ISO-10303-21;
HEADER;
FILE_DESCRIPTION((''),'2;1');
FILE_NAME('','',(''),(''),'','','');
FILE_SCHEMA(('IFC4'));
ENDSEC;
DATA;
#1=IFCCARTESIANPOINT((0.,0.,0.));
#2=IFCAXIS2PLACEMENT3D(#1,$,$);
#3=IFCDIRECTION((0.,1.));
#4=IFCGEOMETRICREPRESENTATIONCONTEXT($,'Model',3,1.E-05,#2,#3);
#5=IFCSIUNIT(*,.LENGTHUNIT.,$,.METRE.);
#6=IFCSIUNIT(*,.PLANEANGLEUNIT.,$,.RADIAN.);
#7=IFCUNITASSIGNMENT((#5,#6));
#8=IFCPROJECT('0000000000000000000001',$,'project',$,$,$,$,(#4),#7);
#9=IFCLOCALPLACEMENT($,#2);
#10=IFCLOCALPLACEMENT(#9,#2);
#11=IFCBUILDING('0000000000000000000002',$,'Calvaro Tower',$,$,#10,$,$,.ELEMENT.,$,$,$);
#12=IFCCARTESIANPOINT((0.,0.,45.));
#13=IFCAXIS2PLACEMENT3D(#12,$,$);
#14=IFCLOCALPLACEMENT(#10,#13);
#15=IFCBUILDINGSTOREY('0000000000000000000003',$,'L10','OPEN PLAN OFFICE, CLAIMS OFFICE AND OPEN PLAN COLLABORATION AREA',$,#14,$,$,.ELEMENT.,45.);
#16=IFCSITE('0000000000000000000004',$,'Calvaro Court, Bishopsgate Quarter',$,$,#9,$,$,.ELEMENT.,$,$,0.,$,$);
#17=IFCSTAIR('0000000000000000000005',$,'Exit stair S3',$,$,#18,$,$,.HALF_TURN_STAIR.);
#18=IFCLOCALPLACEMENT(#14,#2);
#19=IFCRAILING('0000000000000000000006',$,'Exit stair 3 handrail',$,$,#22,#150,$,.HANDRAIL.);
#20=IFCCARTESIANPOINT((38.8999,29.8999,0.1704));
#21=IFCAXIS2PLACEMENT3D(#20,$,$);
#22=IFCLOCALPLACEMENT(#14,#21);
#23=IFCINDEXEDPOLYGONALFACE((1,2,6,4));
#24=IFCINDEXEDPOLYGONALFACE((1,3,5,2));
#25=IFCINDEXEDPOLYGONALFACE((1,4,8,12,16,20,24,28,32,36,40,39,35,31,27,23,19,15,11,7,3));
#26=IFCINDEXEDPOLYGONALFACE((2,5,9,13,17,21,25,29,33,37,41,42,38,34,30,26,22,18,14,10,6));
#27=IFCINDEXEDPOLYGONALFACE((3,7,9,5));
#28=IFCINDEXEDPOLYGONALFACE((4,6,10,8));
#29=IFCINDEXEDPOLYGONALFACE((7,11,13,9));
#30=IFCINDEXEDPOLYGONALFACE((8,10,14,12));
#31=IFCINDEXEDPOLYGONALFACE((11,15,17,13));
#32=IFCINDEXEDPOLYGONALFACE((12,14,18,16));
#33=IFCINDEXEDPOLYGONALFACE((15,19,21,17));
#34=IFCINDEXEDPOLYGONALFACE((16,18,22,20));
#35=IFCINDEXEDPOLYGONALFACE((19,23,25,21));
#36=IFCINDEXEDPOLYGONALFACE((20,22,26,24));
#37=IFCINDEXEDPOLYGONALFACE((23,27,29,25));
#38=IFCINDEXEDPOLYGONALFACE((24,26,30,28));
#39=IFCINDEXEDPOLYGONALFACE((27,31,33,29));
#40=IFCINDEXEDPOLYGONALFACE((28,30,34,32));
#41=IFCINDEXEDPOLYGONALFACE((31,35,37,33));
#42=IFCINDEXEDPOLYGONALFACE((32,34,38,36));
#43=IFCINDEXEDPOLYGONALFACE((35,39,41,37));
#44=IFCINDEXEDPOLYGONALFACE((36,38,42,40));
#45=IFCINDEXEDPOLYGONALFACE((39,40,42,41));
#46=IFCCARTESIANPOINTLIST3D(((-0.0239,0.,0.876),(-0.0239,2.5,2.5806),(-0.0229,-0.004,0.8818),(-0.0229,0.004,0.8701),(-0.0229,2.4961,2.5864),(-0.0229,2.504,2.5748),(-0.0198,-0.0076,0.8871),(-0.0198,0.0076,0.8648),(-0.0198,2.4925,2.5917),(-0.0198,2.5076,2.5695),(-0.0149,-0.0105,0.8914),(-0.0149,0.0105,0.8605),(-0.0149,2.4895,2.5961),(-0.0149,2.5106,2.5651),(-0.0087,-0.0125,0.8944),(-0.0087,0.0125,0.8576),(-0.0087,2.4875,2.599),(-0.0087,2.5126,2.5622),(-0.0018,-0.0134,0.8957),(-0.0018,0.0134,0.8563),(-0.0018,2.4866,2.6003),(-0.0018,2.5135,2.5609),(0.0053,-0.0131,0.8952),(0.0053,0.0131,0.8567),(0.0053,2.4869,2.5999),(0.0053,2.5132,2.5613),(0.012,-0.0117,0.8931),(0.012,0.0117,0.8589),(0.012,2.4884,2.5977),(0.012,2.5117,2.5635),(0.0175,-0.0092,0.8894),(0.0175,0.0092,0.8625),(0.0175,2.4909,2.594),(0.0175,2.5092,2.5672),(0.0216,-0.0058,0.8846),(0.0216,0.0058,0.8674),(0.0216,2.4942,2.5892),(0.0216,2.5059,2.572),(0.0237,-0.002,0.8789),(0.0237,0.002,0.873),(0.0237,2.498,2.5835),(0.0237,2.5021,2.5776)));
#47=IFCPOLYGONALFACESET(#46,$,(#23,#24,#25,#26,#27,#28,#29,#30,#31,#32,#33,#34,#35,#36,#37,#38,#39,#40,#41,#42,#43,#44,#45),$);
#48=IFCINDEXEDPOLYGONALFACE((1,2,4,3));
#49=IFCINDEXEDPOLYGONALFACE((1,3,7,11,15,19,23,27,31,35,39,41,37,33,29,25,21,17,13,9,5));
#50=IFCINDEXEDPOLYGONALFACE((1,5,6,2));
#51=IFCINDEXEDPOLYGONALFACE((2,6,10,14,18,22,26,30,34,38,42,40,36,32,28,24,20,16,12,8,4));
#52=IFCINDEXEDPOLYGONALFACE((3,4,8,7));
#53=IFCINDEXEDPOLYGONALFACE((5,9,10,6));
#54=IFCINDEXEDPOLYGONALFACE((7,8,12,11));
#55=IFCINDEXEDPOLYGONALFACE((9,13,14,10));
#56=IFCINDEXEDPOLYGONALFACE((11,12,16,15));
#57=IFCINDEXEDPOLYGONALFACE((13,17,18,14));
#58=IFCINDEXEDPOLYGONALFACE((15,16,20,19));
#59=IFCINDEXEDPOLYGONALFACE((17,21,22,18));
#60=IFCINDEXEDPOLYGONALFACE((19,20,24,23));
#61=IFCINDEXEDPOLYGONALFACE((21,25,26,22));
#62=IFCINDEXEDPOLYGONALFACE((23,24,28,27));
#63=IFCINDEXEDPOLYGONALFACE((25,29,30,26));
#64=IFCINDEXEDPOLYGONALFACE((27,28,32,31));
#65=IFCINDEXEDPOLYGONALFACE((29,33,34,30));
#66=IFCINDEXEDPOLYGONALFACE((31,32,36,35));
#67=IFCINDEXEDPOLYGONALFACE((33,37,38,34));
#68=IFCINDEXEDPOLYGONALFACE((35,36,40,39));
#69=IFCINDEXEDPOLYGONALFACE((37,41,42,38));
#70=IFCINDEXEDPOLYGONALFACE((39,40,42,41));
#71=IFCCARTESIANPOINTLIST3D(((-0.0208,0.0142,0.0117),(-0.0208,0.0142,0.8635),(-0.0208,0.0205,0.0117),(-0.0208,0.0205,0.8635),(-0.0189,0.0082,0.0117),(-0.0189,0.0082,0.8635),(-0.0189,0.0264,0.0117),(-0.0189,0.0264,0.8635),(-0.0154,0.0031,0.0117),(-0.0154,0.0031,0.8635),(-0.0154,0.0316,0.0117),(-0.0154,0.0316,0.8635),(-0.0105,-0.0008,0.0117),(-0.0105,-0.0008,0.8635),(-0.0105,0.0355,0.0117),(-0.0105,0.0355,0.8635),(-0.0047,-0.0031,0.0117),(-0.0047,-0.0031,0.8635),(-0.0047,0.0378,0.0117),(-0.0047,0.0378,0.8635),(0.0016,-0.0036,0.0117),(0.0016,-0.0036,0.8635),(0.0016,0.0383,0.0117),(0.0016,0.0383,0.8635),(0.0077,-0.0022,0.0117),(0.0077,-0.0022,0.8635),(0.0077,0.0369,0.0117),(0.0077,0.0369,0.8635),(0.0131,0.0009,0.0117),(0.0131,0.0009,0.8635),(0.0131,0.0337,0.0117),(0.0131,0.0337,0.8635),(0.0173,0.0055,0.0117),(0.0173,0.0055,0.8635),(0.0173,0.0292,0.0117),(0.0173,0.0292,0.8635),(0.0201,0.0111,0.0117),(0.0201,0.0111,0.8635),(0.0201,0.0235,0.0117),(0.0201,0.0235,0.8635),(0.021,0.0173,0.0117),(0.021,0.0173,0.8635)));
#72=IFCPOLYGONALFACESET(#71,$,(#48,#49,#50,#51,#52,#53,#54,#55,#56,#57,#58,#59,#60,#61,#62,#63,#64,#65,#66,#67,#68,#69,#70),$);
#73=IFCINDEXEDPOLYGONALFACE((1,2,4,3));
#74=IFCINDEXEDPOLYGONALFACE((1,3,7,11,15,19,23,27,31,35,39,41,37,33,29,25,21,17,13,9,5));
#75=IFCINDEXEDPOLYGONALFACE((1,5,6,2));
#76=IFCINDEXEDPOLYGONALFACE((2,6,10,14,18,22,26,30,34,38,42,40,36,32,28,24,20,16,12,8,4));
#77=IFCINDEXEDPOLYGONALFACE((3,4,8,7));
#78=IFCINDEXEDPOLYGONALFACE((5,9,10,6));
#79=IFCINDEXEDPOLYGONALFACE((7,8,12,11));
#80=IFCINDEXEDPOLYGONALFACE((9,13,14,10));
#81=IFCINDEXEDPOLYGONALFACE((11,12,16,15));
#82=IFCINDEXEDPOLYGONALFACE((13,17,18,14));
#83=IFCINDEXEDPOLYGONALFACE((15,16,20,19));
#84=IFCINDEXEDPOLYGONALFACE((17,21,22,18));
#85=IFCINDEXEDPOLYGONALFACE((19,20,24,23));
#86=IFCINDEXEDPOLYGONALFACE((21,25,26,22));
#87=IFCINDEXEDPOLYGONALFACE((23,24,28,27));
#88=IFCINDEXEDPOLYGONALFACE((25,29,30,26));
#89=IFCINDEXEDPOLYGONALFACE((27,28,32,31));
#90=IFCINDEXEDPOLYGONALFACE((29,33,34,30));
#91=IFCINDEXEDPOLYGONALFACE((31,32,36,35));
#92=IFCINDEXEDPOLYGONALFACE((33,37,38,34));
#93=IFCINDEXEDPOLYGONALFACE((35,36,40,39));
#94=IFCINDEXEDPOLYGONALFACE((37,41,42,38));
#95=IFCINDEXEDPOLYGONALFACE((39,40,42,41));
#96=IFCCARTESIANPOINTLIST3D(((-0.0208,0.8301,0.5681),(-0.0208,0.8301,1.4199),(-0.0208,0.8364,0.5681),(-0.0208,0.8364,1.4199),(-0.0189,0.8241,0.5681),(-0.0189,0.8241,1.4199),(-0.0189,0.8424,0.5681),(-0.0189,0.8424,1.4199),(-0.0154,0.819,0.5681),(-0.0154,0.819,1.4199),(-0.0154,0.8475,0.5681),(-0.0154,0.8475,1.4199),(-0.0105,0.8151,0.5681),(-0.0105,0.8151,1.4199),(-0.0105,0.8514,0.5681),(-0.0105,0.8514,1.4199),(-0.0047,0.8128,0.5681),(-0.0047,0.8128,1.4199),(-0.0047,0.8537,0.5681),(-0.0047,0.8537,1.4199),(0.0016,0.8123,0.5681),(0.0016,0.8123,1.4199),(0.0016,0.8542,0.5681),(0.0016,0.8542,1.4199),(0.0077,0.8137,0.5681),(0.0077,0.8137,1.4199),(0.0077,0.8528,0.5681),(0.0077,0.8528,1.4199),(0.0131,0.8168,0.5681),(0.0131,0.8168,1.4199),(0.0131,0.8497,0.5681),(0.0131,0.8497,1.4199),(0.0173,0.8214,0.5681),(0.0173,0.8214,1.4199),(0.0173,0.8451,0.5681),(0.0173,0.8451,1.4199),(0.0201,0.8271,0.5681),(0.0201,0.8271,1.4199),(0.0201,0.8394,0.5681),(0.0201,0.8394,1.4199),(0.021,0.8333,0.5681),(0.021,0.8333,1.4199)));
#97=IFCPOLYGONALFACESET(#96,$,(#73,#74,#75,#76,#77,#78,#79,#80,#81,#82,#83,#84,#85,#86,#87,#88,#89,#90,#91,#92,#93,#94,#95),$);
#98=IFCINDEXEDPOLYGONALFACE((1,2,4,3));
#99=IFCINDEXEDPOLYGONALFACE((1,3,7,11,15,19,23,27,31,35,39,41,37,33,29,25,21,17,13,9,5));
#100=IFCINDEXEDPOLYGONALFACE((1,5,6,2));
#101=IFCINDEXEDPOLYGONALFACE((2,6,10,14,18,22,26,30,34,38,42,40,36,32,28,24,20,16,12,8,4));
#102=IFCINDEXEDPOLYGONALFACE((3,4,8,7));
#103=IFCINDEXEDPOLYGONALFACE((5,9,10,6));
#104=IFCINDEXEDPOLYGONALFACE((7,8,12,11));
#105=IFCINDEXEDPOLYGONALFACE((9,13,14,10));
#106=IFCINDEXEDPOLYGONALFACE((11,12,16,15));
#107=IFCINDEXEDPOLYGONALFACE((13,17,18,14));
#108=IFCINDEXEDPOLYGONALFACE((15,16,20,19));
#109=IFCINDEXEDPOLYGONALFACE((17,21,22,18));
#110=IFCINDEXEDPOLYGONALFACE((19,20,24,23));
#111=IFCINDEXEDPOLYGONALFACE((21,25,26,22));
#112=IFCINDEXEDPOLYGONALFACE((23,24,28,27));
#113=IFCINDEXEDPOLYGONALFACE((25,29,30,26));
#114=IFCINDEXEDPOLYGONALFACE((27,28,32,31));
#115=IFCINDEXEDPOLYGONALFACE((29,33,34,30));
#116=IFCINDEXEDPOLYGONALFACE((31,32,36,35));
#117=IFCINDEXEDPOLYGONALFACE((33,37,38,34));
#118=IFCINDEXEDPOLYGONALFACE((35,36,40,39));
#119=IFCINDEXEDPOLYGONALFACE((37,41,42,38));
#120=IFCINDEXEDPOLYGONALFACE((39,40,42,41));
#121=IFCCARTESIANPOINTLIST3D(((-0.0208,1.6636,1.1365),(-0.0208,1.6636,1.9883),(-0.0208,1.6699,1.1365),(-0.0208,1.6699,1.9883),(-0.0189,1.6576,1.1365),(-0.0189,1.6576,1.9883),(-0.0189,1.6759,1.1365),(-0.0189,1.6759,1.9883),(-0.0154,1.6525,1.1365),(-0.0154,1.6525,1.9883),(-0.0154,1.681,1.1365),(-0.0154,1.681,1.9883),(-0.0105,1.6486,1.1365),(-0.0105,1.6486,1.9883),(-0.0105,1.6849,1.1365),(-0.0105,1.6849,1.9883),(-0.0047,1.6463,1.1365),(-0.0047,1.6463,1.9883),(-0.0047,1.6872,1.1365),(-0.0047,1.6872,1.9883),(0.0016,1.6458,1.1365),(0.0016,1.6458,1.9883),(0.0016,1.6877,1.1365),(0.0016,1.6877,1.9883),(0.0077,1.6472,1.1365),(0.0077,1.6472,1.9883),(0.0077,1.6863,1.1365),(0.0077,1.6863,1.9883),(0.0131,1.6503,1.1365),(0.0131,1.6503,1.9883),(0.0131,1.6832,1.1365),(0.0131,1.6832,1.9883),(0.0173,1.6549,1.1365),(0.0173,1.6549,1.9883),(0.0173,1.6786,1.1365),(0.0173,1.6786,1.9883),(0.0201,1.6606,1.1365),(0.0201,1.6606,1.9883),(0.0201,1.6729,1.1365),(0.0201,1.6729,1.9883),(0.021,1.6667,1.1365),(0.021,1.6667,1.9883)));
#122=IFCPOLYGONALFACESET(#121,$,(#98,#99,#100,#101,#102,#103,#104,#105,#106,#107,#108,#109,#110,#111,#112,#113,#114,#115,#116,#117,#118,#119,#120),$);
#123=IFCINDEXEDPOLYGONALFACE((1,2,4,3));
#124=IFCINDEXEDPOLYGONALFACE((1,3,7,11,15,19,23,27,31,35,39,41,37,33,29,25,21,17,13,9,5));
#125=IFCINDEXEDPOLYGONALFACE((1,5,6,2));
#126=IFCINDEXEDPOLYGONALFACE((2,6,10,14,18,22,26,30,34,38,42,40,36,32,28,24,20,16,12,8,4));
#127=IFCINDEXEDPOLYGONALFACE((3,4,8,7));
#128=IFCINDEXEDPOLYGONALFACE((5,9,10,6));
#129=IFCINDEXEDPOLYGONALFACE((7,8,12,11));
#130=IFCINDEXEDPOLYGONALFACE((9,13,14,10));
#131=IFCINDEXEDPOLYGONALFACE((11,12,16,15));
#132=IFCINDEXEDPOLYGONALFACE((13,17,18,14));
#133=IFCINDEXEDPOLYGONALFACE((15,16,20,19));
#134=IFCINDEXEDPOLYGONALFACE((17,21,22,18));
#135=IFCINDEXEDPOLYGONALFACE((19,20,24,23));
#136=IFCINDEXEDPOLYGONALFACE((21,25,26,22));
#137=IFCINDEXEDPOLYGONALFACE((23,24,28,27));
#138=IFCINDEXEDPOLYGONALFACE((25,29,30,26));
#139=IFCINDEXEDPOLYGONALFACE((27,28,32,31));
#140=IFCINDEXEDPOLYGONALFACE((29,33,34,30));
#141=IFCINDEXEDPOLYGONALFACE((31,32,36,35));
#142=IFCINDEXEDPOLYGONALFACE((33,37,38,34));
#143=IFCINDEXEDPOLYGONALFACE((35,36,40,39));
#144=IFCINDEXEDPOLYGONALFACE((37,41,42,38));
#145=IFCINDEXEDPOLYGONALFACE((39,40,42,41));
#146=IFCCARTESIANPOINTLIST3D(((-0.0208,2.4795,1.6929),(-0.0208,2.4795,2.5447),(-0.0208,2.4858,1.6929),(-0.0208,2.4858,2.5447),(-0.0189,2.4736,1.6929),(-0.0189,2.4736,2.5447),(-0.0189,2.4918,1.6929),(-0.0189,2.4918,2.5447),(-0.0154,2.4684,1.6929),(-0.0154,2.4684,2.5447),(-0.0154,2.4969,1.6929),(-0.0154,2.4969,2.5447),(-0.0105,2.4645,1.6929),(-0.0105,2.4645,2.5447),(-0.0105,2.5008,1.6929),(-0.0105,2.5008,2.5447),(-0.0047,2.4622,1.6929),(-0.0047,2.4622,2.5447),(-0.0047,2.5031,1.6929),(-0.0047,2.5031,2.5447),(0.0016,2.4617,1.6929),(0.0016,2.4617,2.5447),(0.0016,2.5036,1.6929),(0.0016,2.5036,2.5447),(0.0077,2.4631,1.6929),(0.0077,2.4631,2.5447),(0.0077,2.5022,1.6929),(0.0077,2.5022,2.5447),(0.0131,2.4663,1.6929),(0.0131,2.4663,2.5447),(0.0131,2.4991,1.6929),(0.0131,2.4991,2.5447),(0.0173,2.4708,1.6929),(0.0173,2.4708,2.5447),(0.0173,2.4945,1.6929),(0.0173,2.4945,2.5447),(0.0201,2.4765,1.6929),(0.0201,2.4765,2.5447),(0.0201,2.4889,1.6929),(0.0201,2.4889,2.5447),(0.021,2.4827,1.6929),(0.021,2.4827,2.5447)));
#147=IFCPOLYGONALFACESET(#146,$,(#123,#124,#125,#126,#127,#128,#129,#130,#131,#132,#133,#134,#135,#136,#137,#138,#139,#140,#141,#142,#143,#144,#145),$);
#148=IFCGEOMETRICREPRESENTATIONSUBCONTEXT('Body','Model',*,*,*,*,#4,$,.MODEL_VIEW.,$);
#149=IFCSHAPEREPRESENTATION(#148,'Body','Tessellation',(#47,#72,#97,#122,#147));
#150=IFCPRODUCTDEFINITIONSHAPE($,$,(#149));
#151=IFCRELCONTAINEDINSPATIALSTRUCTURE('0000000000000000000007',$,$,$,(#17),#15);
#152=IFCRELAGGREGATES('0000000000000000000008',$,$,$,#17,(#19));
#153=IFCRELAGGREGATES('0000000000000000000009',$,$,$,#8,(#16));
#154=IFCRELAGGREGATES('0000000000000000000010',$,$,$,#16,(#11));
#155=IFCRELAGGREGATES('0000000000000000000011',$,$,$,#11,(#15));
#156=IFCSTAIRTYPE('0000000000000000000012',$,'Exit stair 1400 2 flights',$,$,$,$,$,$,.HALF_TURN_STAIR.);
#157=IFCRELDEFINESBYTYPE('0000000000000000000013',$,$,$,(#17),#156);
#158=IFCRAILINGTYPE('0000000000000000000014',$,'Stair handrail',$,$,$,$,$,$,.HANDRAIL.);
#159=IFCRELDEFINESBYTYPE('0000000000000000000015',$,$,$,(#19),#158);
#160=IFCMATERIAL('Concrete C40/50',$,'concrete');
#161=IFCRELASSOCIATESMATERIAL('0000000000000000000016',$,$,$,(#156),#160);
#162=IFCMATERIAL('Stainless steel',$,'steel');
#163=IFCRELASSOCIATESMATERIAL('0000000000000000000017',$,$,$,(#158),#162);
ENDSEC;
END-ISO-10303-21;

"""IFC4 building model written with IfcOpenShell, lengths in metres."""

from ifc_helpers import new_model, si_unit, direction, frame, origin, origin_2d, place, context, subcontext, project, spatial, circle, extrude, material, type_object, element, aggregate, save


model = new_model("IFC4")

# Units and contexts
model_context = context("Model", 3, precision=1e-05, world=origin(), true_north=direction((0.0, 1.0)))
body_context = subcontext(model_context, "Body", "Model", "MODEL_VIEW")
ifc_project = project(units=[si_unit("LENGTHUNIT", "METRE"), si_unit("PLANEANGLEUNIT", "RADIAN")], contexts=[model_context])

# Site, building, storey
site_placement = place(None, origin())
site = spatial("IfcSite", under=ifc_project, at=site_placement, Name="Calvaro Court, Bishopsgate Quarter", CompositionType="ELEMENT", RefElevation=0.0)
building_placement = place(site_placement, origin())
building = spatial("IfcBuilding", under=site, at=building_placement, Name="Calvaro Tower", CompositionType="ELEMENT")
storey_placement = place(building_placement, frame((0.0, 0.0, 45.0)))
storey = spatial("IfcBuildingStorey", under=building, at=storey_placement, Name="L10", Description="OPEN PLAN OFFICE, CLAIMS OFFICE AND OPEN PLAN COLLABORATION AREA", CompositionType="ELEMENT", Elevation=45.0)

# Stair
ifc_material_1 = material(Name="Concrete C40/50", Category="concrete")
stair_type = type_object("IfcStairType", Name="Exit stair 1400 2 flights", PredefinedType="HALF_TURN_STAIR", material=ifc_material_1)
stair_1_placement = place(storey_placement, origin())
stair_1 = element("IfcStair", 1, at=stair_1_placement, inside=storey, type_object=stair_type, Name="Exit stair S3", PredefinedType="HALF_TURN_STAIR")

# Railing
ifc_material_2 = material(Name="Stainless steel", Category="steel")
railing_type = type_object("IfcRailingType", Name="Stair handrail", PredefinedType="HANDRAIL", material=ifc_material_2)
railing_1_placement = place(storey_placement, frame((38.8999, 29.8999, 0.1704)))
railing_1 = element("IfcRailing", 2, at=railing_1_placement, type_object=railing_type, Name="Exit stair 3 handrail", PredefinedType="HANDRAIL", context=body_context, shape_type="SweptSolid", body=[
    extrude(circle(Radius=0.0239, at=origin_2d()), frame((0.0, 0.0, 0.876), z_axis=(0.0, 0.826221, 0.563347), x_axis=(-1.0, 0.0, 0.0)), (0.0, 0.0, 1.0), 3.0259),
    extrude(circle(Radius=0.021, at=origin_2d()), frame((0.0, 0.0173, 0.0117)), (0.0, 0.0, 1.0), 0.8518),
    extrude(circle(Radius=0.021, at=origin_2d()), frame((0.0, 0.8333, 0.5681)), (0.0, 0.0, 1.0), 0.8518),
    extrude(circle(Radius=0.021, at=origin_2d()), frame((0.0, 1.6667, 1.1365)), (0.0, 0.0, 1.0), 0.8518),
    extrude(circle(Radius=0.021, at=origin_2d()), frame((0.0, 2.4827, 1.6929)), (0.0, 0.0, 1.0), 0.8518),
])
aggregate(stair_1, [railing_1])

save(model, "model.ifc")
